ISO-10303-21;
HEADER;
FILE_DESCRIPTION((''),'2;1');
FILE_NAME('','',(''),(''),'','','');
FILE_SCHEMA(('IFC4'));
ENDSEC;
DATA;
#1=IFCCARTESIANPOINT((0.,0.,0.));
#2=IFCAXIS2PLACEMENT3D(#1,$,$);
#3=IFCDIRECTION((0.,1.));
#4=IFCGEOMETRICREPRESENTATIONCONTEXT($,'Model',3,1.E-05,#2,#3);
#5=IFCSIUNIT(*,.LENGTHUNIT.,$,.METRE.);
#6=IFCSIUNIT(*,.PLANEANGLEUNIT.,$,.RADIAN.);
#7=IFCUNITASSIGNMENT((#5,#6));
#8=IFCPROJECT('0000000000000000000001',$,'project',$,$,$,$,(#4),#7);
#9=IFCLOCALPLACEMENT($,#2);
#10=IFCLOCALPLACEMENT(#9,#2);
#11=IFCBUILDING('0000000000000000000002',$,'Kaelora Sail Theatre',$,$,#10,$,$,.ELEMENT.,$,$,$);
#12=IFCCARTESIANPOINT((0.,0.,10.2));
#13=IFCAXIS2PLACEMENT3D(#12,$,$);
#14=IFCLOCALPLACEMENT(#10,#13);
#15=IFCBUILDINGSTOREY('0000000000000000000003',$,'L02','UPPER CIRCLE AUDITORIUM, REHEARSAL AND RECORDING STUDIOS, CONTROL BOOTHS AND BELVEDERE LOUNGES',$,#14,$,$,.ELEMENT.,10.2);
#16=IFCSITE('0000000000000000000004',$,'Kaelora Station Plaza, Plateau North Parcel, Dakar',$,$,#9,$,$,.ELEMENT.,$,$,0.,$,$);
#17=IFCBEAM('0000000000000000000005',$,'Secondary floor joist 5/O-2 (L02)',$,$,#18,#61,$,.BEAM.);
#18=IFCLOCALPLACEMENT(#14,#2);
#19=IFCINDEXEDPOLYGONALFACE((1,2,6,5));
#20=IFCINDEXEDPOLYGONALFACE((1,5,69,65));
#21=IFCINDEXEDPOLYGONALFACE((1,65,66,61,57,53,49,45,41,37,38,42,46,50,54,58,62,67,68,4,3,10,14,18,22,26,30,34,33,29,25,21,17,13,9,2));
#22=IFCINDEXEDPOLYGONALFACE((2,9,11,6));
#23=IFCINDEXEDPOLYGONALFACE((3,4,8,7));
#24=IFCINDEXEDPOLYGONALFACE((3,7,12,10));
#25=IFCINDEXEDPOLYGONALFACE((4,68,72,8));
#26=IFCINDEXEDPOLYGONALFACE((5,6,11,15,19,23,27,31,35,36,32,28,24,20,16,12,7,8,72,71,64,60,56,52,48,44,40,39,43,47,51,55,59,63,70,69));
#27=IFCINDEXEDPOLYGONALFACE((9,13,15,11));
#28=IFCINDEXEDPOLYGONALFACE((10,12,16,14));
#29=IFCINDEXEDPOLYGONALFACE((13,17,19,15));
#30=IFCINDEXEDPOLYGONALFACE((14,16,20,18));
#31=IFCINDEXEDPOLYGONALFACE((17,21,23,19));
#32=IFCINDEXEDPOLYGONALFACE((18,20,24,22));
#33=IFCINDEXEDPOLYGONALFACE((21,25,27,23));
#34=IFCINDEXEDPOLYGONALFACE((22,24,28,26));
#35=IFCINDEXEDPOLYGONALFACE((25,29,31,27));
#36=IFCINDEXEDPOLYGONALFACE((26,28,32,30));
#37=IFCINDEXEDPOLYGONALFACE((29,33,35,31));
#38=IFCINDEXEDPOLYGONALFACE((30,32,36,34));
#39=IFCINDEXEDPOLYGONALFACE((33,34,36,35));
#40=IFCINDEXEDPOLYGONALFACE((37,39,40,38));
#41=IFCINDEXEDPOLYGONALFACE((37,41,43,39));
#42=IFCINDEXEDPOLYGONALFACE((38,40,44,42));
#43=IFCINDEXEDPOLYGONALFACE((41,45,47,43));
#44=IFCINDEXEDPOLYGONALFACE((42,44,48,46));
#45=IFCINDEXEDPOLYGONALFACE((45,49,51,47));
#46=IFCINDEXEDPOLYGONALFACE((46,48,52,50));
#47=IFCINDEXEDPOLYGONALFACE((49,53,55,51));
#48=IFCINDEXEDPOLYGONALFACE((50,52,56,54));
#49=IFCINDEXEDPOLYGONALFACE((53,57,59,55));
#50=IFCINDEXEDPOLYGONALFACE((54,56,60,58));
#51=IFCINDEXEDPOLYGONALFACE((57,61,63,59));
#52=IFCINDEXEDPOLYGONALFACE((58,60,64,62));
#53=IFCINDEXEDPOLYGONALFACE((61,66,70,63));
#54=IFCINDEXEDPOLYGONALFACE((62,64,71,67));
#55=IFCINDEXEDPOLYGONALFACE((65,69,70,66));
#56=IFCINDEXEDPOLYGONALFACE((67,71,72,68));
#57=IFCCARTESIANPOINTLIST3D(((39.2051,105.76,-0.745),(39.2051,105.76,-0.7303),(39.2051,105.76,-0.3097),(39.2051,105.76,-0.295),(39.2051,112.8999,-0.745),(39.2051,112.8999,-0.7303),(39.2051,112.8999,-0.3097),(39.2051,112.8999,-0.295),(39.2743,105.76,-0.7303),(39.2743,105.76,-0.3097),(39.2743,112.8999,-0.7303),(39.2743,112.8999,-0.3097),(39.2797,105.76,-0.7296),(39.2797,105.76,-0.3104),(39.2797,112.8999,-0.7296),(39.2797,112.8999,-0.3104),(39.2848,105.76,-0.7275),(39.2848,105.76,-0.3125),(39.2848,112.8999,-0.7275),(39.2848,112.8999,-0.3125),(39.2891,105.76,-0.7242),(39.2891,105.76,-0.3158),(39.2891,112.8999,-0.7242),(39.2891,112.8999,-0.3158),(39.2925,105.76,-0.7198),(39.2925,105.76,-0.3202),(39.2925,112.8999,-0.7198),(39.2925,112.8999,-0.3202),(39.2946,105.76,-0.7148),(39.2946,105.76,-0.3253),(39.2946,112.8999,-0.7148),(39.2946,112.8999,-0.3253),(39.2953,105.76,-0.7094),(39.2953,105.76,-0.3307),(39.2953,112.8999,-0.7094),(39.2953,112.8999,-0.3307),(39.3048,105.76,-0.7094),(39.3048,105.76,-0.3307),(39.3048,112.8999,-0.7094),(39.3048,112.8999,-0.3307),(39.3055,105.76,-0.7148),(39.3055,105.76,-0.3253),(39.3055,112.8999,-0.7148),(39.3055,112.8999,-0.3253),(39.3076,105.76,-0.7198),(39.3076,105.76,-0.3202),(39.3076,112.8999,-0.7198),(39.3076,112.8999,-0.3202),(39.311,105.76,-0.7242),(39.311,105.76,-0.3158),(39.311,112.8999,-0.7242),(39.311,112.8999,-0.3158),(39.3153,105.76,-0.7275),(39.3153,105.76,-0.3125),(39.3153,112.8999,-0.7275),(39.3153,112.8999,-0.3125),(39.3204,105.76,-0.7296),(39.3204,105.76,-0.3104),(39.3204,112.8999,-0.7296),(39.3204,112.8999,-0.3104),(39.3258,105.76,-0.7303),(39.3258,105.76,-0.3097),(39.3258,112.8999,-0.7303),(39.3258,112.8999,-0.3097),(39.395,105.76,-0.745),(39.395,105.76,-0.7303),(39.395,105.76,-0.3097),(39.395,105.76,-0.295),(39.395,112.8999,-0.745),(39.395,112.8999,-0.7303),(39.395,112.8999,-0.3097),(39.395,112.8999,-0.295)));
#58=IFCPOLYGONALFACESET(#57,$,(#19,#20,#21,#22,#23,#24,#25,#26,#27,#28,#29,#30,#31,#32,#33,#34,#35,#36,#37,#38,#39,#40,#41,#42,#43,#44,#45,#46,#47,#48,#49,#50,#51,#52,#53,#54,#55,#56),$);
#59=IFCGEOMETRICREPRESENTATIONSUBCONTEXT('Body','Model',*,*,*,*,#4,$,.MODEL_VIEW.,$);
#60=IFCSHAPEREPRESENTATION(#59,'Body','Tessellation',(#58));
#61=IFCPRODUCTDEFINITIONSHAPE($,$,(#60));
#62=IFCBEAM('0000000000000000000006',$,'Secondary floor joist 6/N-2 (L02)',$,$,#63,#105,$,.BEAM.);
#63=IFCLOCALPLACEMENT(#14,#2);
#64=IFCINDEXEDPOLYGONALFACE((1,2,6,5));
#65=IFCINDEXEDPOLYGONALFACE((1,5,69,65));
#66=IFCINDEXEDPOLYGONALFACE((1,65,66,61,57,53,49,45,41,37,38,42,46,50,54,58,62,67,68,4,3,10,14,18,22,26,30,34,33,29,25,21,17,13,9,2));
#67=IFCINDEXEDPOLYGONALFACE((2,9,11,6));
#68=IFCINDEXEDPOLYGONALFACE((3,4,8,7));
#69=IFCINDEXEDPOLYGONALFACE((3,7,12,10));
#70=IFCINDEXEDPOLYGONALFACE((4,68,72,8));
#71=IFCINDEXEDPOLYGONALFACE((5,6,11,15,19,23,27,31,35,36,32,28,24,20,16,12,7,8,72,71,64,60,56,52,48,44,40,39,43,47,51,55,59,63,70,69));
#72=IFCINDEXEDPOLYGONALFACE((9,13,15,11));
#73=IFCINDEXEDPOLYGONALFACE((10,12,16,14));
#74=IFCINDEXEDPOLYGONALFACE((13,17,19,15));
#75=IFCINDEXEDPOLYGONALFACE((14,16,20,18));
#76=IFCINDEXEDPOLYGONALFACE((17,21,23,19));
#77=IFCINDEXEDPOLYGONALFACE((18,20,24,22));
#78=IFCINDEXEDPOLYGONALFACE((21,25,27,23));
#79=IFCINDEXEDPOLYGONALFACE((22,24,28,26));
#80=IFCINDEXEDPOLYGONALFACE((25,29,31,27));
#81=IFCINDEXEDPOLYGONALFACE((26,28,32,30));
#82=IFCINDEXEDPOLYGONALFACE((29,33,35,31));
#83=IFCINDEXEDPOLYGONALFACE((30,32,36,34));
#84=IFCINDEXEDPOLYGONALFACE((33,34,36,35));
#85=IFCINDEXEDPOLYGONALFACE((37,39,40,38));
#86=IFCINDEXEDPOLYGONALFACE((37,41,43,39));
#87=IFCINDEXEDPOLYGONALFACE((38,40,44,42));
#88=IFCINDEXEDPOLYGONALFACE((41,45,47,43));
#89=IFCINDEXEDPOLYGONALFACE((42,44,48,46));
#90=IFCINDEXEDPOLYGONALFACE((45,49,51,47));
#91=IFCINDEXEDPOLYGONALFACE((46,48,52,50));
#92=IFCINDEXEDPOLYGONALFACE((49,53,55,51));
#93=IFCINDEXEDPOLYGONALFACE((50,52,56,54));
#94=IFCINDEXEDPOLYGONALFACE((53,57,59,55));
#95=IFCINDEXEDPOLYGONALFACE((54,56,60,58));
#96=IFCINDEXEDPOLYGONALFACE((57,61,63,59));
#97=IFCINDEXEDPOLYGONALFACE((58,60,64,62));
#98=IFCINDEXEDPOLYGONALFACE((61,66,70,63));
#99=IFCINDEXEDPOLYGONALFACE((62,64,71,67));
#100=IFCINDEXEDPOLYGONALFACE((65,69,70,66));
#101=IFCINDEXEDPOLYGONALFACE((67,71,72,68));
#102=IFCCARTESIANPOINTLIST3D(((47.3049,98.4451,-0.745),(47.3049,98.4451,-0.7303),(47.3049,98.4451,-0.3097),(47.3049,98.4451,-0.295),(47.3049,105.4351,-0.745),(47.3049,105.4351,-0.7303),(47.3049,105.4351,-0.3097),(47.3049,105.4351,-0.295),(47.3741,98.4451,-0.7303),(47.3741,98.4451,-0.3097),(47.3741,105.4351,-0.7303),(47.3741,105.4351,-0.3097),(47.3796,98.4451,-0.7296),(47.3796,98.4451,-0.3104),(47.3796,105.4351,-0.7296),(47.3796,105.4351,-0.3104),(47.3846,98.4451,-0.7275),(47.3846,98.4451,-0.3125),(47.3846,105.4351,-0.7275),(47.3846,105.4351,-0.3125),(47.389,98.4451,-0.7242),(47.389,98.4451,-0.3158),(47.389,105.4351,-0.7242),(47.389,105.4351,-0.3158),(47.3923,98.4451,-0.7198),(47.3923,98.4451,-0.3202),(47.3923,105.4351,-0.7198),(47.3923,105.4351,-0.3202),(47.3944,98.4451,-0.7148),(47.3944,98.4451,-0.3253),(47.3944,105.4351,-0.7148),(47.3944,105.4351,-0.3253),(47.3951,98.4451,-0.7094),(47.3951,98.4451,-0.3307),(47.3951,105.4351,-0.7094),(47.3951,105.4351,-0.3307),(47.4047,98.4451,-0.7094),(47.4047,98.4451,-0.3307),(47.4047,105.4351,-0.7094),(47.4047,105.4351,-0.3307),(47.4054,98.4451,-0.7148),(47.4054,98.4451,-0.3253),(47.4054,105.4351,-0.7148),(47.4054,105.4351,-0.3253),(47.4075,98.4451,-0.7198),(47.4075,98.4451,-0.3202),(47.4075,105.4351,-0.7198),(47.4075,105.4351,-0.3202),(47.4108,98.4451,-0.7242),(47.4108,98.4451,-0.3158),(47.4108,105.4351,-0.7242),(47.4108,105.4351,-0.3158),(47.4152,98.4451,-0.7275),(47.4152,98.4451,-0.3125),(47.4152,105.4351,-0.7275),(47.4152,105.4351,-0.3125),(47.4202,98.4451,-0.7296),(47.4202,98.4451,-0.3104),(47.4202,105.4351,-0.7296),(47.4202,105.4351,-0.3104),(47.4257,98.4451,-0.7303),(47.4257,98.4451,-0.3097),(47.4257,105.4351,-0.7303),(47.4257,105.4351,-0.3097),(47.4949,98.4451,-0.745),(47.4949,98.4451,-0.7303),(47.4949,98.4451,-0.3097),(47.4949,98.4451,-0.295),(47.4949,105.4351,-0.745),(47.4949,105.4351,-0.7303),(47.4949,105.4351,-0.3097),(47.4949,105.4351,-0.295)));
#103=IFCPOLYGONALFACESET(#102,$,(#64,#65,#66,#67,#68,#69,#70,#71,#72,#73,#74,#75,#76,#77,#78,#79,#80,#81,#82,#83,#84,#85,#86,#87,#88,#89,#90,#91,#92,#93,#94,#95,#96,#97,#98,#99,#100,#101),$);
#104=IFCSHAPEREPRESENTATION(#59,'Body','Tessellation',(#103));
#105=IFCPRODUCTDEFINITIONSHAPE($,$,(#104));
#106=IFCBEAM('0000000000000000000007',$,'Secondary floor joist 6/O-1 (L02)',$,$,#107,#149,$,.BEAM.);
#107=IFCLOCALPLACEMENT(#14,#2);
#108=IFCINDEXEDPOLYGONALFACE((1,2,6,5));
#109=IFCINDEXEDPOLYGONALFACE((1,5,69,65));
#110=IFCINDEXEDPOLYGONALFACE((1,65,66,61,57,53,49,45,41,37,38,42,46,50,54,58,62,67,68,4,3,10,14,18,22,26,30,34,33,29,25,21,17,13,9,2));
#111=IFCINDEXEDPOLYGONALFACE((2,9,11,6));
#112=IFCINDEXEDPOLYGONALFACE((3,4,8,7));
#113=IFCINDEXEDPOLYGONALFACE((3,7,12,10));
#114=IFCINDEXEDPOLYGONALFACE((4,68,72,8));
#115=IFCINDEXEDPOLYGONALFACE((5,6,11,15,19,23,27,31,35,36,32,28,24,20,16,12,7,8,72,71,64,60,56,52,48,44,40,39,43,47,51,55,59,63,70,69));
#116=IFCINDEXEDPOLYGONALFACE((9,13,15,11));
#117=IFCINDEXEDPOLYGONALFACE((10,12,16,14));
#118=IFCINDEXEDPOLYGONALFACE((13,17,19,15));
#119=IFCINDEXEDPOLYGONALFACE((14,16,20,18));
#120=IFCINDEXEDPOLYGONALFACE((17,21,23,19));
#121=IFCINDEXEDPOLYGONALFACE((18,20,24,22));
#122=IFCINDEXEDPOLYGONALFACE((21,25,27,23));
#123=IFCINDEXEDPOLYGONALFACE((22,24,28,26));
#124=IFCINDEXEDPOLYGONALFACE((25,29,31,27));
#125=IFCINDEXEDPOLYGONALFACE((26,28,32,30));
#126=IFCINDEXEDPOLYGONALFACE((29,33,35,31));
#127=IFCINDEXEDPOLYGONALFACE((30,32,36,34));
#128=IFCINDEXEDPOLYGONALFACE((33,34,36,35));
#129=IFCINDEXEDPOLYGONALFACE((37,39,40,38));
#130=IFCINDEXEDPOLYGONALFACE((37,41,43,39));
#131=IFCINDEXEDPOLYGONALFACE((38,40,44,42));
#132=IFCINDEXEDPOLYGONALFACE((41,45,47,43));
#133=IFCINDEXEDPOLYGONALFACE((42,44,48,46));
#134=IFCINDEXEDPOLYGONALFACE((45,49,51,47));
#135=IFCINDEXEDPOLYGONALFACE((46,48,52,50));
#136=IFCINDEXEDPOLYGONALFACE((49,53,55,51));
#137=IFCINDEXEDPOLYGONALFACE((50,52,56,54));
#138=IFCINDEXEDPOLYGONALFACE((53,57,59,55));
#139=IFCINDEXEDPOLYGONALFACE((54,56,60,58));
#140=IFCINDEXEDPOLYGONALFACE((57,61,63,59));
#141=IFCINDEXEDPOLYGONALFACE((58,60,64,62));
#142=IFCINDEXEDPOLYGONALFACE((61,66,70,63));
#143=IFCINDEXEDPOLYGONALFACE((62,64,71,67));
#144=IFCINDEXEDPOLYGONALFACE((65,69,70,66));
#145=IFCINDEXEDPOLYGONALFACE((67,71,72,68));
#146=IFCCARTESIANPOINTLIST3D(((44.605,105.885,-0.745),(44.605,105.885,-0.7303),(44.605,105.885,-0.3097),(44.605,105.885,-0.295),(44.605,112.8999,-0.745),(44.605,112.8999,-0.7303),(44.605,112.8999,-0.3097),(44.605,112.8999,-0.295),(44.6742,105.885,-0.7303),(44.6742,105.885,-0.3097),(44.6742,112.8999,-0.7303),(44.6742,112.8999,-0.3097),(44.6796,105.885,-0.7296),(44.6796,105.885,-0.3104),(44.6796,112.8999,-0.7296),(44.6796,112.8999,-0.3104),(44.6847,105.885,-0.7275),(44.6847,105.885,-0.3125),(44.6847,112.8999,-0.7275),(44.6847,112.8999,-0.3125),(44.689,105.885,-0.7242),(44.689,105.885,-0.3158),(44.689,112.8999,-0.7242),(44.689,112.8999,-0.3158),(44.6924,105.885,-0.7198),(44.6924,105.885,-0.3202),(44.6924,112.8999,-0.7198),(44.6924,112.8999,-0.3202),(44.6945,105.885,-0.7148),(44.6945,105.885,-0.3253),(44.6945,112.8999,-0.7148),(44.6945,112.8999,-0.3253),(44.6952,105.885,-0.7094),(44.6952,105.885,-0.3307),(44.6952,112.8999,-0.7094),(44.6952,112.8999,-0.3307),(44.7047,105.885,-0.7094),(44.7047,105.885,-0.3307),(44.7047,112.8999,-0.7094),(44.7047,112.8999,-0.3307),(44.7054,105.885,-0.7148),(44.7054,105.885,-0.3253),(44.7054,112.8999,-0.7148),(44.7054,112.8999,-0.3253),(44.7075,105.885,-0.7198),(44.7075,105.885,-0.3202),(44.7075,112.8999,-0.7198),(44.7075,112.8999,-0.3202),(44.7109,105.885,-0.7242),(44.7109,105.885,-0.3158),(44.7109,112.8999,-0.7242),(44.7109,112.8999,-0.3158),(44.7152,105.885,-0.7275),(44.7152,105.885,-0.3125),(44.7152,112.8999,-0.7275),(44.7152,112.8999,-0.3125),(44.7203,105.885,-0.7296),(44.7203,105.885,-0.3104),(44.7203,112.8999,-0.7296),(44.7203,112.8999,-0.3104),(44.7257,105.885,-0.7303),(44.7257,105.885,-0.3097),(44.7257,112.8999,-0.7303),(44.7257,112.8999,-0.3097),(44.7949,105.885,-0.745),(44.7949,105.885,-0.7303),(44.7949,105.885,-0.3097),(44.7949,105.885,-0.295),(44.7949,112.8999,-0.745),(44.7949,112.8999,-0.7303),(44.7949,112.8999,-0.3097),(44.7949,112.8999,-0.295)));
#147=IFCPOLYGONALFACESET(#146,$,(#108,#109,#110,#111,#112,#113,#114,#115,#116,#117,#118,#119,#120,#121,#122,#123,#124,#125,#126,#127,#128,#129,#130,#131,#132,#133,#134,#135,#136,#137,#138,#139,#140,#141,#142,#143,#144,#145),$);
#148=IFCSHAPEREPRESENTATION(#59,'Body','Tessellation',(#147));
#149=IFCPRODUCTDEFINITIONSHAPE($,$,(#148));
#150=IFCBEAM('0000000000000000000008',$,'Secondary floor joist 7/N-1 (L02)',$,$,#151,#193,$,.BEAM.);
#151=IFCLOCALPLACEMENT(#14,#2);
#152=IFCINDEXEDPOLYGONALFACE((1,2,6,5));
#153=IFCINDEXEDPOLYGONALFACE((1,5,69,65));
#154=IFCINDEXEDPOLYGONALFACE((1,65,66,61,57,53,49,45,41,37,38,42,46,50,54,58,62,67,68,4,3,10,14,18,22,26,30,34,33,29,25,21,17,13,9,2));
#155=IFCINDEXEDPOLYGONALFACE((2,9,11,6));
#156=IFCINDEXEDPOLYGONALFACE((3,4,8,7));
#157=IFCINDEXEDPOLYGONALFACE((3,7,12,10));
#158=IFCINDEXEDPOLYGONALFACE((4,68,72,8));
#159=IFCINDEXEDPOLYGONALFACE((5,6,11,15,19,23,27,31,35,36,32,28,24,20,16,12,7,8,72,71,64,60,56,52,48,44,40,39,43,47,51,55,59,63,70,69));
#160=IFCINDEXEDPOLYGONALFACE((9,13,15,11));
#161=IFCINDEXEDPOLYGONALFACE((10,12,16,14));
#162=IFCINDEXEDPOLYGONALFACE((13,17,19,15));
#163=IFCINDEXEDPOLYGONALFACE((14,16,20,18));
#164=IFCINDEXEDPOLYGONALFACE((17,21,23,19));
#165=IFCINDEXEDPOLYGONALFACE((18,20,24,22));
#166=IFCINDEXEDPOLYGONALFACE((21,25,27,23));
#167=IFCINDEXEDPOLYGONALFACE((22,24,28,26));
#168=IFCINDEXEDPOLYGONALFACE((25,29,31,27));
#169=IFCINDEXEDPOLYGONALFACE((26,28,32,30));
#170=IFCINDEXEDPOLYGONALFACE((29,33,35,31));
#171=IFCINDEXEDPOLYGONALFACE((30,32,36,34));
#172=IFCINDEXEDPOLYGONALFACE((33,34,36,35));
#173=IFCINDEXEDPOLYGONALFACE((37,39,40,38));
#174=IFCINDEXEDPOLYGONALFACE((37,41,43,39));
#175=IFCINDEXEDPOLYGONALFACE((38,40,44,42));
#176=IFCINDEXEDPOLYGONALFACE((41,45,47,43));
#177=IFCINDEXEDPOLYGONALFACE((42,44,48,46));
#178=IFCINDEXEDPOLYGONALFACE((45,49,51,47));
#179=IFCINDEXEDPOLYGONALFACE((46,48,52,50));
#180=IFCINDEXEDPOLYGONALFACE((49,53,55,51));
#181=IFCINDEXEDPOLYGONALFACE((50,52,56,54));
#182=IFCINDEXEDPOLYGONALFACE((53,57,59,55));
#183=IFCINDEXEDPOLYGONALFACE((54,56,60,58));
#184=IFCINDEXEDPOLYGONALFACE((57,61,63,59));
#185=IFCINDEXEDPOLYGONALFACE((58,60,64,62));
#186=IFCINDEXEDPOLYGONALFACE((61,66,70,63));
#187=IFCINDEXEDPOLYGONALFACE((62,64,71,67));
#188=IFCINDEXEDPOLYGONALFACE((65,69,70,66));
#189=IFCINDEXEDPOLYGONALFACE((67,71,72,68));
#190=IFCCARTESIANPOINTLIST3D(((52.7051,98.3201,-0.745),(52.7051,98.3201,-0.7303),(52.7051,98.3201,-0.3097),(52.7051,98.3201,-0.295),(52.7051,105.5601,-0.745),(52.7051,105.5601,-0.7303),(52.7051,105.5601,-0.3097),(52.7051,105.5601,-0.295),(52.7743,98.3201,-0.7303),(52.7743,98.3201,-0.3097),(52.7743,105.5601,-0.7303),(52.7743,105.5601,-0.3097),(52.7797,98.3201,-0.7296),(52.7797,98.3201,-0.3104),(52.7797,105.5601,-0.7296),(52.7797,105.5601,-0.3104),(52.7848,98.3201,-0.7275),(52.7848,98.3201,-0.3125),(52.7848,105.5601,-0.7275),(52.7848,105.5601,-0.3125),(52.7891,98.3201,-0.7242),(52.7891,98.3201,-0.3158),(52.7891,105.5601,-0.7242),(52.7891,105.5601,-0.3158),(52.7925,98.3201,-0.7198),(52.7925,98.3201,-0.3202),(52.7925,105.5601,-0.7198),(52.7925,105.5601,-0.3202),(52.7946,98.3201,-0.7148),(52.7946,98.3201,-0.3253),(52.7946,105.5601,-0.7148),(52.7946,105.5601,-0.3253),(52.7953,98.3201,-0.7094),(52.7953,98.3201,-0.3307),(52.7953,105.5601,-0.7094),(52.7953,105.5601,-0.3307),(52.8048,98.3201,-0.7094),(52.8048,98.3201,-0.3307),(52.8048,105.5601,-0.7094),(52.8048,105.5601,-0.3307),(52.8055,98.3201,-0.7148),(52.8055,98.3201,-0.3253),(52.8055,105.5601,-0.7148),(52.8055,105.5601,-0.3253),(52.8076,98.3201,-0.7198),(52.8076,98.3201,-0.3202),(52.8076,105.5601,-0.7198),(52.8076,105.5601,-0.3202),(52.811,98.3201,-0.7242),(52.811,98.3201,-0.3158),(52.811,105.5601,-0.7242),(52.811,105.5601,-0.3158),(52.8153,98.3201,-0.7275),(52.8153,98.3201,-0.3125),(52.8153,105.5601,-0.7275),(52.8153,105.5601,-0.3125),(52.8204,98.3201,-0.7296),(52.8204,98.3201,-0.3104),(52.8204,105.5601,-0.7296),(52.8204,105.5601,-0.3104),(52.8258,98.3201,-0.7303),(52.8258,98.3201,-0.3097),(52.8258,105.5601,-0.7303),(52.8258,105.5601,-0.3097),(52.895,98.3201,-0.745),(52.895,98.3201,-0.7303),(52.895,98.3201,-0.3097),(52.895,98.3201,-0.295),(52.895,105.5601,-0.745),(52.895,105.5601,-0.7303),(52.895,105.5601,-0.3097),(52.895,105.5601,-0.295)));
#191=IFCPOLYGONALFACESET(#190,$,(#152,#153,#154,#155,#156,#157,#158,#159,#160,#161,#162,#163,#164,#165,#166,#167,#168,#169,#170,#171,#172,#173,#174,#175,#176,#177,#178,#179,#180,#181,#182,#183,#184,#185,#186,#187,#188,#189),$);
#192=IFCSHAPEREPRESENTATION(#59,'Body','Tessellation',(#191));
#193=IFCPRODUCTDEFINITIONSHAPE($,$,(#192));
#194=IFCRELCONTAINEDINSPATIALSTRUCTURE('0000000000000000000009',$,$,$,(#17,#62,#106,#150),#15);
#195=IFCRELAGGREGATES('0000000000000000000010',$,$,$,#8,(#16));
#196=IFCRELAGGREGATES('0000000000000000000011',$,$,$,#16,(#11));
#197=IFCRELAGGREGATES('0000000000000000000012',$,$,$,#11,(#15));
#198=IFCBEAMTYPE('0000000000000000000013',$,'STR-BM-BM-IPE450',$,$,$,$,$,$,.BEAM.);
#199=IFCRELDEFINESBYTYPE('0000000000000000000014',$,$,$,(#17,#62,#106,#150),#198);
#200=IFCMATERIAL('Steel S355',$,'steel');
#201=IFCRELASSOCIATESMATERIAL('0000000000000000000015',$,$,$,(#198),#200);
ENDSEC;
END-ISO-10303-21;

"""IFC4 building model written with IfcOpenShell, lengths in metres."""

from ifc_helpers import new_model, si_unit, direction, frame, origin, origin_2d, place, context, subcontext, project, spatial, i_section, extrude, material, material_profile, profile_set, type_object, element, save


model = new_model("IFC4")

# Units and contexts
model_context = context("Model", 3, precision=1e-05, world=origin(), true_north=direction((0.0, 1.0)))
body_context = subcontext(model_context, "Body", "Model", "MODEL_VIEW")
ifc_project = project(units=[si_unit("LENGTHUNIT", "METRE"), si_unit("PLANEANGLEUNIT", "RADIAN")], contexts=[model_context])

# Site, building, storey
site_placement = place(None, origin())
site = spatial("IfcSite", under=ifc_project, at=site_placement, Name="Kaelora Station Plaza, Plateau North Parcel, Dakar", CompositionType="ELEMENT", RefElevation=0.0)
building_placement = place(site_placement, origin())
building = spatial("IfcBuilding", under=site, at=building_placement, Name="Kaelora Sail Theatre", CompositionType="ELEMENT")
storey_placement = place(building_placement, frame((0.0, 0.0, 10.2)))
storey = spatial("IfcBuildingStorey", under=building, at=storey_placement, Name="L02", Description="UPPER CIRCLE AUDITORIUM, REHEARSAL AND RECORDING STUDIOS, CONTROL BOOTHS AND BELVEDERE LOUNGES", CompositionType="ELEMENT", Elevation=10.2)

# Beams
ifc_material_1 = material(Name="Steel S355", Category="steel")
ifc_material_profile_1 = material_profile(ifc_material_1, i_section(OverallWidth=0.1899, OverallDepth=0.45, WebThickness=0.0095, FlangeThickness=0.0146, FilletRadius=0.021, at=origin_2d()), Name="IPE 450")
ifc_profile_set_1 = profile_set([ifc_material_profile_1], Name="Steel S355")
beam_type_1 = type_object("IfcBeamType", Name="STR-BM-BM-IPE450", PredefinedType="BEAM", material=ifc_profile_set_1)
beam_1_placement = place(storey_placement, frame((39.3, 105.76, -0.52), z_axis=(0.0, 1.0, 0.0), x_axis=(-1.0, 0.0, 0.0)))
element("IfcBeam", 1, at=beam_1_placement, inside=storey, type_object=beam_type_1, Name="Secondary floor joist 5/O-2 (L02)", PredefinedType="BEAM", context=body_context, shape_type="SweptSolid", body=[
    extrude(i_section(OverallWidth=0.1899, OverallDepth=0.45, WebThickness=0.0095, FlangeThickness=0.0146, FilletRadius=0.021, at=origin_2d()), origin(), (0.0, 0.0, 1.0), 7.1399),
])
beam_2_placement = place(storey_placement, frame((47.3999, 98.4451, -0.52), z_axis=(0.0, 1.0, 0.0), x_axis=(-1.0, 0.0, 0.0)))
element("IfcBeam", 2, at=beam_2_placement, inside=storey, type_object=beam_type_1, Name="Secondary floor joist 6/N-2 (L02)", PredefinedType="BEAM", context=body_context, shape_type="SweptSolid", body=[
    extrude(i_section(OverallWidth=0.1899, OverallDepth=0.45, WebThickness=0.0095, FlangeThickness=0.0146, FilletRadius=0.021, at=origin_2d()), origin(), (0.0, 0.0, 1.0), 6.99),
])
beam_3_placement = place(storey_placement, frame((44.7, 105.885, -0.52), z_axis=(0.0, 1.0, 0.0), x_axis=(-1.0, 0.0, 0.0)))
element("IfcBeam", 3, at=beam_3_placement, inside=storey, type_object=beam_type_1, Name="Secondary floor joist 6/O-1 (L02)", PredefinedType="BEAM", context=body_context, shape_type="SweptSolid", body=[
    extrude(i_section(OverallWidth=0.1899, OverallDepth=0.45, WebThickness=0.0095, FlangeThickness=0.0146, FilletRadius=0.021, at=origin_2d()), origin(), (0.0, 0.0, 1.0), 7.0149),
])
beam_4_placement = place(storey_placement, frame((52.8, 98.3201, -0.52), z_axis=(0.0, 1.0, 0.0), x_axis=(-1.0, 0.0, 0.0)))
element("IfcBeam", 4, at=beam_4_placement, inside=storey, type_object=beam_type_1, Name="Secondary floor joist 7/N-1 (L02)", PredefinedType="BEAM", context=body_context, shape_type="SweptSolid", body=[
    extrude(i_section(OverallWidth=0.1899, OverallDepth=0.45, WebThickness=0.0095, FlangeThickness=0.0146, FilletRadius=0.021, at=origin_2d()), origin(), (0.0, 0.0, 1.0), 7.24),
])

save(model, "model.ifc")
